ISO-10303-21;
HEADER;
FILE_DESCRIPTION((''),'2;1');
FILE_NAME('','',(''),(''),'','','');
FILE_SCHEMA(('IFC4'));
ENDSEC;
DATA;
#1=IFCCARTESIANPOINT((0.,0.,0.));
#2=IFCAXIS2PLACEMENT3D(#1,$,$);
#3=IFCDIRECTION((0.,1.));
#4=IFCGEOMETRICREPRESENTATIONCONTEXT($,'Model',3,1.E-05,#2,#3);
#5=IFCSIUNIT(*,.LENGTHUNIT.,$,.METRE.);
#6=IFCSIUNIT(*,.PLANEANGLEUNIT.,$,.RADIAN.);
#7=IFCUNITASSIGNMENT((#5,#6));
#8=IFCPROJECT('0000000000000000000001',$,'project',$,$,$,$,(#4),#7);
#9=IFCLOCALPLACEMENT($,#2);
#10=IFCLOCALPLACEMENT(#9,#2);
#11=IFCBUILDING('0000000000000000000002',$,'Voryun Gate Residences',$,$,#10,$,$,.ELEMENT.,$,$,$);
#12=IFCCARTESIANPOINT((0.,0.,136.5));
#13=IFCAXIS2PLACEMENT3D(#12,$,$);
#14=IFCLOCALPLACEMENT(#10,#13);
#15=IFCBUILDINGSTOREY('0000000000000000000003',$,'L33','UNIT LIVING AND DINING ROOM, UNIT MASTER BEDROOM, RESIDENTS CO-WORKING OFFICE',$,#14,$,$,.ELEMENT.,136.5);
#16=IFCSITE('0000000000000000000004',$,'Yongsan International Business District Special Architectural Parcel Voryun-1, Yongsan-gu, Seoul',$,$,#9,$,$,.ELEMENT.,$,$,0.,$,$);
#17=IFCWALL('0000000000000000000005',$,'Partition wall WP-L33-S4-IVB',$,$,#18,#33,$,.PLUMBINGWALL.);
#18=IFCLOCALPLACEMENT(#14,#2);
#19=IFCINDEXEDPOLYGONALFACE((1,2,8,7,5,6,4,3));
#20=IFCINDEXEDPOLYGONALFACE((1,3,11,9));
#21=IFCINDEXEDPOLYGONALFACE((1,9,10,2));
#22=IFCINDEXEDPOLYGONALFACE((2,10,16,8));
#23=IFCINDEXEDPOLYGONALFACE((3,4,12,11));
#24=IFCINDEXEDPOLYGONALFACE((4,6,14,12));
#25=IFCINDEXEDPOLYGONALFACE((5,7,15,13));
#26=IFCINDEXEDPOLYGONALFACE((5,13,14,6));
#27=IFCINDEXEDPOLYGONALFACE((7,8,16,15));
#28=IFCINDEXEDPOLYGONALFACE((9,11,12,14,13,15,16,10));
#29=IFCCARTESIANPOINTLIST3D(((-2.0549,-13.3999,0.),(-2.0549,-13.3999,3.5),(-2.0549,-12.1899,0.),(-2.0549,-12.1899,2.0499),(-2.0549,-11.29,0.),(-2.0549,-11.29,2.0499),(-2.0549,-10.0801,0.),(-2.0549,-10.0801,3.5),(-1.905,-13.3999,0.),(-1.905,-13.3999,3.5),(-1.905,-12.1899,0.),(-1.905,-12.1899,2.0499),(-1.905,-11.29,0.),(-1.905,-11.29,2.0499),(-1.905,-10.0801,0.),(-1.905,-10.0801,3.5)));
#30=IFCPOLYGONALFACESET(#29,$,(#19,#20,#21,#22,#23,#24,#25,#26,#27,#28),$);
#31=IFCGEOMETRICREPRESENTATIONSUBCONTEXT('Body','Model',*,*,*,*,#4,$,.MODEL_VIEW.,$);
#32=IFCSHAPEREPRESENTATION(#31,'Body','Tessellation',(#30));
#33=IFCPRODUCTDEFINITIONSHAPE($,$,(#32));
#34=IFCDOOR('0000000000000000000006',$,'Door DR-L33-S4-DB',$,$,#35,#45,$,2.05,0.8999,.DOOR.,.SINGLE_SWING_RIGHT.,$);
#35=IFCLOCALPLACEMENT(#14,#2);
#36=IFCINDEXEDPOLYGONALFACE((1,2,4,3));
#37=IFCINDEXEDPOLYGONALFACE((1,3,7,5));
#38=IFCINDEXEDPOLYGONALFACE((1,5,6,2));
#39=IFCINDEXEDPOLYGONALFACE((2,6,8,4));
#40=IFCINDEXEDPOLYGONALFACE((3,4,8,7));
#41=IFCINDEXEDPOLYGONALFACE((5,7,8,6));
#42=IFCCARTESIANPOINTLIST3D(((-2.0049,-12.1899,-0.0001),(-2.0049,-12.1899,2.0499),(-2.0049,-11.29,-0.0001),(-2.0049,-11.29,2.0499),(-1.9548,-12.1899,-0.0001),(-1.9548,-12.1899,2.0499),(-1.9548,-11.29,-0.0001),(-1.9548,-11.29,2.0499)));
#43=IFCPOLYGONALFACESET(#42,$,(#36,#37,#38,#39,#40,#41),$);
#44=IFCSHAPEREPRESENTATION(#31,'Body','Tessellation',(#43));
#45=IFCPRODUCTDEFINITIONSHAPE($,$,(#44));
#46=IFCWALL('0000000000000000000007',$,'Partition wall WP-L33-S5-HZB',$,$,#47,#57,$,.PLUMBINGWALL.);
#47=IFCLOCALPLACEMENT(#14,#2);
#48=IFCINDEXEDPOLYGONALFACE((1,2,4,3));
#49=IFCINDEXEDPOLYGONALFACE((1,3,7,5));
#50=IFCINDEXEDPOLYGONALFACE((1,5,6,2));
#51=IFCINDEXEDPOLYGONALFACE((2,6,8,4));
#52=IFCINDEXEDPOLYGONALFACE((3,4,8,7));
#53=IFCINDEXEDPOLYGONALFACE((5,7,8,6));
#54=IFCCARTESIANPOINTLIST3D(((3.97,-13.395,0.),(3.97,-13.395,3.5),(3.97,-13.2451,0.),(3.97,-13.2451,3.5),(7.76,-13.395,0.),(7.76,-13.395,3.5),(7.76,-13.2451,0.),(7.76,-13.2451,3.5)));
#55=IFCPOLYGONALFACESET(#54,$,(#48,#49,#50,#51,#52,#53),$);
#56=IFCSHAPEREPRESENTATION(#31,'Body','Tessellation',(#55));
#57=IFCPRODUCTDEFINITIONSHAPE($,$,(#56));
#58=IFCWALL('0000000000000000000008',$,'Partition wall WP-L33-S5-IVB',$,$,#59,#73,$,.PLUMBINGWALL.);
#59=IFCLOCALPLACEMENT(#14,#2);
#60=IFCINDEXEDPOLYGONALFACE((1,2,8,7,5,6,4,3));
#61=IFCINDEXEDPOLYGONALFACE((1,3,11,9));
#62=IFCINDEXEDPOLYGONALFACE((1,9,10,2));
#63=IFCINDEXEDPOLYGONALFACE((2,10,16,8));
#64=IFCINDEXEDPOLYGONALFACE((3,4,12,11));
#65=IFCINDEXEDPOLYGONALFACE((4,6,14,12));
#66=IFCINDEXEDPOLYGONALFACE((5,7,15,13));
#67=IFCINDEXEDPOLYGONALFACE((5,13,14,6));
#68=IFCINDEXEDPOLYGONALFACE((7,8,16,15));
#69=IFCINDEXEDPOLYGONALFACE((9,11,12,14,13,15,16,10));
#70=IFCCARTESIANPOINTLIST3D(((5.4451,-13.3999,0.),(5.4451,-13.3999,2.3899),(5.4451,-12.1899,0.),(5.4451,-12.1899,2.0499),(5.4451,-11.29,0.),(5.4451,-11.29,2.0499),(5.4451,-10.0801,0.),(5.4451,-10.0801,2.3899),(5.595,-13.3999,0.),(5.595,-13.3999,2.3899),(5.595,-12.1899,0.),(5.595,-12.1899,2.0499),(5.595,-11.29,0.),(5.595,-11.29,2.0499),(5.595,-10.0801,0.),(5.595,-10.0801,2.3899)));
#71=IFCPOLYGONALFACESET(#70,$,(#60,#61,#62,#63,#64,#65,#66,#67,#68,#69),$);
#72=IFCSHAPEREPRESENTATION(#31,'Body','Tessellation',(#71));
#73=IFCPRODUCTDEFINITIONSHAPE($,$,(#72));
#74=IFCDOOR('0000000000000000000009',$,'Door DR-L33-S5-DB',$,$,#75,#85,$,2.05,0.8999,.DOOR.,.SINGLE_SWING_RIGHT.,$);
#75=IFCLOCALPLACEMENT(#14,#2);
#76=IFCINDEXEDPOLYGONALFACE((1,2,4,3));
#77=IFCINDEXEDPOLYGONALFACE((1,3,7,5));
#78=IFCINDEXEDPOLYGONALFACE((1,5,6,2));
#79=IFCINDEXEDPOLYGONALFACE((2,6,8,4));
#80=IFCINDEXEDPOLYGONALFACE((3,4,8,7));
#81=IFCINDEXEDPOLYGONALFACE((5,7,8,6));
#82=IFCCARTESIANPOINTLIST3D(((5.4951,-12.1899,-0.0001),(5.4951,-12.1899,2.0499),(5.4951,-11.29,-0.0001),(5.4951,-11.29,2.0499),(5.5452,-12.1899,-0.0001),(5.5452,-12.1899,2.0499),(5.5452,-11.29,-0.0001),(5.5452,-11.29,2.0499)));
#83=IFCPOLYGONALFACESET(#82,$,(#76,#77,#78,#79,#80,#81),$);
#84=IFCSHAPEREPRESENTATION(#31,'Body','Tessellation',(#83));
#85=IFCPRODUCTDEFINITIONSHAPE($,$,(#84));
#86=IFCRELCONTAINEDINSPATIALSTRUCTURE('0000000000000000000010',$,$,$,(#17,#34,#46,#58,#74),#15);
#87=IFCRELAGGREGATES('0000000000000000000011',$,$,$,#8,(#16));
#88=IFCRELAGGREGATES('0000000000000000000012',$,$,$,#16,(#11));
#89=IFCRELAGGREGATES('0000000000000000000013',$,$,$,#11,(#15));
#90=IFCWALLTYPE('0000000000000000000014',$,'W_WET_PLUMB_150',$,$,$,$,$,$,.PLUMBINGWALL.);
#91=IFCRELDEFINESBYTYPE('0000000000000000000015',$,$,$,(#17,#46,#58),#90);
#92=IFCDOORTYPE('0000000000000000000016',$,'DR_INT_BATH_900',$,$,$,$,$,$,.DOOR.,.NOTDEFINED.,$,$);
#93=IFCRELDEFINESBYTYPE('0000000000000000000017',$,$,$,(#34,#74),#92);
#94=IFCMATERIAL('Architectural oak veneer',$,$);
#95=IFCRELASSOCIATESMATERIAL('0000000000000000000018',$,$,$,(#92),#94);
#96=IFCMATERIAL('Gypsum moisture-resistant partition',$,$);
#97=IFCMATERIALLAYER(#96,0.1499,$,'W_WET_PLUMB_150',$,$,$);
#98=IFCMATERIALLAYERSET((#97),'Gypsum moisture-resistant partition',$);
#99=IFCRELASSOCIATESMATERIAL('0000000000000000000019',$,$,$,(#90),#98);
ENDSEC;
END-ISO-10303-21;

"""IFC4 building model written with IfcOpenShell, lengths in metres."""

from ifc_helpers import new_model, si_unit, direction, frame, frame_2d, origin, place, context, subcontext, project, spatial, rectangle, extrude, material, layer, layer_set, type_object, element, fill, save


model = new_model("IFC4")

# Units and contexts
model_context = context("Model", 3, precision=1e-05, world=origin(), true_north=direction((0.0, 1.0)))
body_context = subcontext(model_context, "Body", "Model", "MODEL_VIEW")
ifc_project = project(units=[si_unit("LENGTHUNIT", "METRE"), si_unit("PLANEANGLEUNIT", "RADIAN")], contexts=[model_context])

# Site, building, storey
site_placement = place(None, origin())
site = spatial("IfcSite", under=ifc_project, at=site_placement, Name="Yongsan International Business District Special Architectural Parcel Voryun-1, Yongsan-gu, Seoul", CompositionType="ELEMENT", RefElevation=0.0)
building_placement = place(site_placement, origin())
building = spatial("IfcBuilding", under=site, at=building_placement, Name="Voryun Gate Residences", CompositionType="ELEMENT")
storey_placement = place(building_placement, frame((0.0, 0.0, 136.5)))
storey = spatial("IfcBuildingStorey", under=building, at=storey_placement, Name="L33", Description="UNIT LIVING AND DINING ROOM, UNIT MASTER BEDROOM, RESIDENTS CO-WORKING OFFICE", CompositionType="ELEMENT", Elevation=136.5)

# Shared definitions
ifc_material_1 = material(Name="Architectural oak veneer")
door_type_1 = type_object("IfcDoorType", Name="DR_INT_BATH_900", OperationType="NOTDEFINED", PredefinedType="DOOR", material=ifc_material_1)

# Wall, opening, door
ifc_material_2 = material(Name="Gypsum moisture-resistant partition")
ifc_layer_1 = layer(ifc_material_2, 0.1499, Name="W_WET_PLUMB_150")
ifc_layer_set_1 = layer_set([ifc_layer_1], Name="Gypsum moisture-resistant partition")
wall_type_1 = type_object("IfcWallType", Name="W_WET_PLUMB_150", PredefinedType="PLUMBINGWALL", material=ifc_layer_set_1)
wall_1_placement = place(storey_placement, frame((-1.98, -13.3999, 0.0), z_axis=(0.0, 0.0, 1.0), x_axis=(0.0, 1.0, 0.0)))
wall_1 = element("IfcWall", 1, at=wall_1_placement, inside=storey, type_object=wall_type_1, Name="Partition wall WP-L33-S4-IVB", PredefinedType="PLUMBINGWALL", context=body_context, shape_type="SweptSolid", body=[
    extrude(rectangle(XDim=3.3198, YDim=0.1499, at=frame_2d((1.6599, 0.0))), origin(), (0.0, 0.0, 1.0), 3.5),
])
opening_1_placement = place(wall_1_placement, frame((1.21, 0.0, 0.0)))
opening_1 = element("IfcOpeningElement", 2, at=opening_1_placement, cuts=wall_1, PredefinedType="OPENING", context=body_context, shape_type="SweptSolid", body=[
    extrude(rectangle(XDim=0.8999, YDim=2.05, at=frame_2d((0.45, 1.0249))), frame((0.0, 0.085, 0.0), z_axis=(0.0, -1.0, 0.0), x_axis=(1.0, 0.0, 0.0)), (0.0, 0.0, 1.0), 0.1699),
])
door_1_placement = place(opening_1_placement, origin())
door_1 = element("IfcDoor", 3, at=door_1_placement, inside=storey, type_object=door_type_1, Name="Door DR-L33-S4-DB", OperationType="SINGLE_SWING_RIGHT", OverallHeight=2.05, OverallWidth=0.8999, PredefinedType="DOOR", context=body_context, shape_type="SweptSolid", body=[
    extrude(rectangle(XDim=0.8999, YDim=2.05, at=frame_2d((0.45, 1.0249))), frame((0.0, 0.0249, 0.0), z_axis=(0.0, -1.0, 0.0), x_axis=(1.0, 0.0, 0.0)), (0.0, 0.0, 1.0), 0.05),
])
fill(opening_1, door_1)

# Wall
wall_2_placement = place(storey_placement, frame((3.97, -13.3201, 0.0), z_axis=(0.0, 0.0, 1.0), x_axis=(1.0, 0.0, 0.0)))
element("IfcWall", 4, at=wall_2_placement, inside=storey, type_object=wall_type_1, Name="Partition wall WP-L33-S5-HZB", PredefinedType="PLUMBINGWALL", context=body_context, shape_type="SweptSolid", body=[
    extrude(rectangle(XDim=3.79, YDim=0.1499, at=frame_2d((1.895, 0.0))), origin(), (0.0, 0.0, 1.0), 3.5),
])

# Wall, opening, door
wall_3_placement = place(storey_placement, frame((5.52, -13.3999, 0.0), z_axis=(0.0, 0.0, 1.0), x_axis=(0.0, 1.0, 0.0)))
wall_3 = element("IfcWall", 5, at=wall_3_placement, inside=storey, type_object=wall_type_1, Name="Partition wall WP-L33-S5-IVB", PredefinedType="PLUMBINGWALL", context=body_context, shape_type="SweptSolid", body=[
    extrude(rectangle(XDim=3.3198, YDim=0.1499, at=frame_2d((1.6599, 0.0))), origin(), (0.0, 0.0, 1.0), 2.3899),
])
opening_2_placement = place(wall_3_placement, frame((1.21, 0.0, 0.0)))
opening_2 = element("IfcOpeningElement", 6, at=opening_2_placement, cuts=wall_3, PredefinedType="OPENING", context=body_context, shape_type="SweptSolid", body=[
    extrude(rectangle(XDim=0.8999, YDim=2.05, at=frame_2d((0.45, 1.0249))), frame((0.0, 0.085, 0.0), z_axis=(0.0, -1.0, 0.0), x_axis=(1.0, 0.0, 0.0)), (0.0, 0.0, 1.0), 0.1699),
])
door_2_placement = place(opening_2_placement, origin())
door_2 = element("IfcDoor", 7, at=door_2_placement, inside=storey, type_object=door_type_1, Name="Door DR-L33-S5-DB", OperationType="SINGLE_SWING_RIGHT", OverallHeight=2.05, OverallWidth=0.8999, PredefinedType="DOOR", context=body_context, shape_type="SweptSolid", body=[
    extrude(rectangle(XDim=0.8999, YDim=2.05, at=frame_2d((0.45, 1.0249))), frame((0.0, 0.0249, 0.0), z_axis=(0.0, -1.0, 0.0), x_axis=(1.0, 0.0, 0.0)), (0.0, 0.0, 1.0), 0.05),
])
fill(opening_2, door_2)

save(model, "model.ifc")
